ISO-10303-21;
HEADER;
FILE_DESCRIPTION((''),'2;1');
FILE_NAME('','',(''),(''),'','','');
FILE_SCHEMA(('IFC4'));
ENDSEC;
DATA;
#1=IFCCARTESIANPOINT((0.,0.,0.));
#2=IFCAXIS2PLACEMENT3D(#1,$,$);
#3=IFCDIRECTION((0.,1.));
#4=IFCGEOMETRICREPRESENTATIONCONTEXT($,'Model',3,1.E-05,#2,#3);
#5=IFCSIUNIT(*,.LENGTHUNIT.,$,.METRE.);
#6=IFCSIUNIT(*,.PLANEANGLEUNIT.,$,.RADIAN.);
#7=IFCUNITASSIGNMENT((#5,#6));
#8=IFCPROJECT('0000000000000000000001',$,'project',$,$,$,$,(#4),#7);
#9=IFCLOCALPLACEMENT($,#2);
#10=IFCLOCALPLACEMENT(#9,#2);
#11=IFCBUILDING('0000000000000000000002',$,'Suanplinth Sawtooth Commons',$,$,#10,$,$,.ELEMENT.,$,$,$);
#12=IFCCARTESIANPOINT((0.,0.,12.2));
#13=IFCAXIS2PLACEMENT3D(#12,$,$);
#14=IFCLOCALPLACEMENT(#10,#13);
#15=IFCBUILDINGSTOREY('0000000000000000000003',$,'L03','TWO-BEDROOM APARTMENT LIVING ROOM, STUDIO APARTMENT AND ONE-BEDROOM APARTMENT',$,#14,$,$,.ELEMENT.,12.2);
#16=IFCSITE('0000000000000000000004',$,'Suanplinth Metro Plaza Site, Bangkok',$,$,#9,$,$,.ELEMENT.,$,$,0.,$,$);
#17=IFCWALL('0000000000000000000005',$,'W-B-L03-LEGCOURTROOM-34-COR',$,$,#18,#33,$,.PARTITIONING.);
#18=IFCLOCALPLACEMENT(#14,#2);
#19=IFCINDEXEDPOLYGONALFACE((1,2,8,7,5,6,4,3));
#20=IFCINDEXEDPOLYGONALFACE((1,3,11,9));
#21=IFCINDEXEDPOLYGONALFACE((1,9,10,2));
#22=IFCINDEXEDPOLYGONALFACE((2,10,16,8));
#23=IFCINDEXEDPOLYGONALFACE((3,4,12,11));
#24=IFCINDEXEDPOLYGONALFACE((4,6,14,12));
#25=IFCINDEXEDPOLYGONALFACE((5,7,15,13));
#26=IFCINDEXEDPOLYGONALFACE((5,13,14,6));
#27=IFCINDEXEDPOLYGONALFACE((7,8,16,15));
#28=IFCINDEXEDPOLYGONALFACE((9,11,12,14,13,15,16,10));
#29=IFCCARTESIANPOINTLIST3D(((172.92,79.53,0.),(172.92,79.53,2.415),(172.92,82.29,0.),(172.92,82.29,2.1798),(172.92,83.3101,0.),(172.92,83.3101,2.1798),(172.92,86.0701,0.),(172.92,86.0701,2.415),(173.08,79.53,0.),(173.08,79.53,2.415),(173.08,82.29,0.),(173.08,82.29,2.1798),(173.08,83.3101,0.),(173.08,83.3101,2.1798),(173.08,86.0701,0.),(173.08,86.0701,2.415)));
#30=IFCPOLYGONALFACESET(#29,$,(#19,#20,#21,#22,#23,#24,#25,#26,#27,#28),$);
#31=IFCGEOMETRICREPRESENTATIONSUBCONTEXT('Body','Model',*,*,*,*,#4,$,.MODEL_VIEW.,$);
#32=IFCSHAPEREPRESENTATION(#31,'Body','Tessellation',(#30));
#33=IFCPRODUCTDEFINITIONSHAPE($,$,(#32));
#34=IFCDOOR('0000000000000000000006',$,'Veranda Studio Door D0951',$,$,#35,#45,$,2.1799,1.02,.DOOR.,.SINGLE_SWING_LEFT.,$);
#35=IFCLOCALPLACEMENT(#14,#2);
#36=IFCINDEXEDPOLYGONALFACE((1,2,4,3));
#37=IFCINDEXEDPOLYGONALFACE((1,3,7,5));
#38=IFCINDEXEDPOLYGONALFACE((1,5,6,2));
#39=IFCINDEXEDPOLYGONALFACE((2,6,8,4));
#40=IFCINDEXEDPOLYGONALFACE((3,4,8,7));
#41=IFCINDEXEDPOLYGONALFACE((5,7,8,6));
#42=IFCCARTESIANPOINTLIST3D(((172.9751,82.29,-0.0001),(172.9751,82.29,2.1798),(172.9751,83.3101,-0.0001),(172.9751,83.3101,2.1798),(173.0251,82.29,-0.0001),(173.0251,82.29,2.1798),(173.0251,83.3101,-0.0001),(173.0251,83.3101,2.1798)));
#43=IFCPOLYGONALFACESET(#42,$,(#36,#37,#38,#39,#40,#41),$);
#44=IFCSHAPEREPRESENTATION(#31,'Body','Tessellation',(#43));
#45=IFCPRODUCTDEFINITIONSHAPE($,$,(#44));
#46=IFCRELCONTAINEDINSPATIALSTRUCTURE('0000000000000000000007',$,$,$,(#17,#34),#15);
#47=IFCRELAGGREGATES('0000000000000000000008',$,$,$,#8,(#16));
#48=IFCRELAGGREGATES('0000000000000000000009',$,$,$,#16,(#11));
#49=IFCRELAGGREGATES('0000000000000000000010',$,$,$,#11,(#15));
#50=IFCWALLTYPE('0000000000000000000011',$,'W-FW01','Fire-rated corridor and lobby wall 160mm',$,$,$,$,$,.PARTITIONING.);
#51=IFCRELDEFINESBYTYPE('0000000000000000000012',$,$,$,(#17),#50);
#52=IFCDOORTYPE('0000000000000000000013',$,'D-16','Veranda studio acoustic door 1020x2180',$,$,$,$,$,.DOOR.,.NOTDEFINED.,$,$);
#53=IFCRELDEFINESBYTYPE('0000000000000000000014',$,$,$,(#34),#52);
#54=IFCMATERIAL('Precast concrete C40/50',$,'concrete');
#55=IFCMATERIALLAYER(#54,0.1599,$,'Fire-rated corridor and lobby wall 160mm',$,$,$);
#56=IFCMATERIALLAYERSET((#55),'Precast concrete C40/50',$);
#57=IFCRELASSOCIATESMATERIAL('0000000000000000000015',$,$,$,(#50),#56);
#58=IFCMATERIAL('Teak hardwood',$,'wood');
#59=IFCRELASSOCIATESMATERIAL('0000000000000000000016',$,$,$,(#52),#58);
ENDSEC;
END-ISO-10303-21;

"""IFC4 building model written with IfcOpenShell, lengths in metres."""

from ifc_helpers import new_model, si_unit, direction, frame, frame_2d, origin, place, context, subcontext, project, spatial, rectangle, extrude, material, layer, layer_set, type_object, element, fill, save


model = new_model("IFC4")

# Units and contexts
model_context = context("Model", 3, precision=1e-05, world=origin(), true_north=direction((0.0, 1.0)))
body_context = subcontext(model_context, "Body", "Model", "MODEL_VIEW")
ifc_project = project(units=[si_unit("LENGTHUNIT", "METRE"), si_unit("PLANEANGLEUNIT", "RADIAN")], contexts=[model_context])

# Site, building, storey
site_placement = place(None, origin())
site = spatial("IfcSite", under=ifc_project, at=site_placement, Name="Suanplinth Metro Plaza Site, Bangkok", CompositionType="ELEMENT", RefElevation=0.0)
building_placement = place(site_placement, origin())
building = spatial("IfcBuilding", under=site, at=building_placement, Name="Suanplinth Sawtooth Commons", CompositionType="ELEMENT")
storey_placement = place(building_placement, frame((0.0, 0.0, 12.2)))
storey = spatial("IfcBuildingStorey", under=building, at=storey_placement, Name="L03", Description="TWO-BEDROOM APARTMENT LIVING ROOM, STUDIO APARTMENT AND ONE-BEDROOM APARTMENT", CompositionType="ELEMENT", Elevation=12.2)

# Shared definitions
ifc_material_1 = material(Name="Precast concrete C40/50", Category="concrete")

# Wall, opening, door
ifc_layer_1 = layer(ifc_material_1, 0.1599, Name="Fire-rated corridor and lobby wall 160mm")
ifc_layer_set_1 = layer_set([ifc_layer_1], Name="Precast concrete C40/50")
wall_type_1 = type_object("IfcWallType", Name="W-FW01", Description="Fire-rated corridor and lobby wall 160mm", PredefinedType="PARTITIONING", material=ifc_layer_set_1)
wall_1_placement = place(storey_placement, frame((173.0, 79.53, 0.0), z_axis=(0.0, 0.0, 1.0), x_axis=(0.0, 1.0, 0.0)))
wall_1 = element("IfcWall", 1, at=wall_1_placement, inside=storey, type_object=wall_type_1, Name="W-B-L03-LEGCOURTROOM-34-COR", PredefinedType="PARTITIONING", context=body_context, shape_type="SweptSolid", body=[
    extrude(rectangle(XDim=6.54, YDim=0.1599, at=frame_2d((3.27, 0.0))), origin(), (0.0, 0.0, 1.0), 2.415),
])
opening_1_placement = place(wall_1_placement, frame((2.76, 0.0, 0.0)))
opening_1 = element("IfcOpeningElement", 2, at=opening_1_placement, cuts=wall_1, PredefinedType="OPENING", context=body_context, shape_type="SweptSolid", body=[
    extrude(rectangle(XDim=1.02, YDim=2.1799, at=frame_2d((0.51, 1.0898))), frame((0.0, 0.0947, 0.0), z_axis=(0.0, -1.0, 0.0), x_axis=(1.0, 0.0, 0.0)), (0.0, 0.0, 1.0), 0.1897),
])
ifc_material_2 = material(Name="Teak hardwood", Category="wood")
door_type_1 = type_object("IfcDoorType", Name="D-16", Description="Veranda studio acoustic door 1020x2180", OperationType="NOTDEFINED", PredefinedType="DOOR", material=ifc_material_2)
door_1_placement = place(opening_1_placement, origin())
door_1 = element("IfcDoor", 3, at=door_1_placement, inside=storey, type_object=door_type_1, Name="Veranda Studio Door D0951", OperationType="SINGLE_SWING_LEFT", OverallHeight=2.1799, OverallWidth=1.02, PredefinedType="DOOR", context=body_context, shape_type="SweptSolid", body=[
    extrude(rectangle(XDim=1.02, YDim=2.1799, at=frame_2d((0.51, 1.0898))), frame((0.0, 0.0249, 0.0), z_axis=(0.0, -1.0, 0.0), x_axis=(1.0, 0.0, 0.0)), (0.0, 0.0, 1.0), 0.05),
])
fill(opening_1, door_1)

save(model, "model.ifc")
